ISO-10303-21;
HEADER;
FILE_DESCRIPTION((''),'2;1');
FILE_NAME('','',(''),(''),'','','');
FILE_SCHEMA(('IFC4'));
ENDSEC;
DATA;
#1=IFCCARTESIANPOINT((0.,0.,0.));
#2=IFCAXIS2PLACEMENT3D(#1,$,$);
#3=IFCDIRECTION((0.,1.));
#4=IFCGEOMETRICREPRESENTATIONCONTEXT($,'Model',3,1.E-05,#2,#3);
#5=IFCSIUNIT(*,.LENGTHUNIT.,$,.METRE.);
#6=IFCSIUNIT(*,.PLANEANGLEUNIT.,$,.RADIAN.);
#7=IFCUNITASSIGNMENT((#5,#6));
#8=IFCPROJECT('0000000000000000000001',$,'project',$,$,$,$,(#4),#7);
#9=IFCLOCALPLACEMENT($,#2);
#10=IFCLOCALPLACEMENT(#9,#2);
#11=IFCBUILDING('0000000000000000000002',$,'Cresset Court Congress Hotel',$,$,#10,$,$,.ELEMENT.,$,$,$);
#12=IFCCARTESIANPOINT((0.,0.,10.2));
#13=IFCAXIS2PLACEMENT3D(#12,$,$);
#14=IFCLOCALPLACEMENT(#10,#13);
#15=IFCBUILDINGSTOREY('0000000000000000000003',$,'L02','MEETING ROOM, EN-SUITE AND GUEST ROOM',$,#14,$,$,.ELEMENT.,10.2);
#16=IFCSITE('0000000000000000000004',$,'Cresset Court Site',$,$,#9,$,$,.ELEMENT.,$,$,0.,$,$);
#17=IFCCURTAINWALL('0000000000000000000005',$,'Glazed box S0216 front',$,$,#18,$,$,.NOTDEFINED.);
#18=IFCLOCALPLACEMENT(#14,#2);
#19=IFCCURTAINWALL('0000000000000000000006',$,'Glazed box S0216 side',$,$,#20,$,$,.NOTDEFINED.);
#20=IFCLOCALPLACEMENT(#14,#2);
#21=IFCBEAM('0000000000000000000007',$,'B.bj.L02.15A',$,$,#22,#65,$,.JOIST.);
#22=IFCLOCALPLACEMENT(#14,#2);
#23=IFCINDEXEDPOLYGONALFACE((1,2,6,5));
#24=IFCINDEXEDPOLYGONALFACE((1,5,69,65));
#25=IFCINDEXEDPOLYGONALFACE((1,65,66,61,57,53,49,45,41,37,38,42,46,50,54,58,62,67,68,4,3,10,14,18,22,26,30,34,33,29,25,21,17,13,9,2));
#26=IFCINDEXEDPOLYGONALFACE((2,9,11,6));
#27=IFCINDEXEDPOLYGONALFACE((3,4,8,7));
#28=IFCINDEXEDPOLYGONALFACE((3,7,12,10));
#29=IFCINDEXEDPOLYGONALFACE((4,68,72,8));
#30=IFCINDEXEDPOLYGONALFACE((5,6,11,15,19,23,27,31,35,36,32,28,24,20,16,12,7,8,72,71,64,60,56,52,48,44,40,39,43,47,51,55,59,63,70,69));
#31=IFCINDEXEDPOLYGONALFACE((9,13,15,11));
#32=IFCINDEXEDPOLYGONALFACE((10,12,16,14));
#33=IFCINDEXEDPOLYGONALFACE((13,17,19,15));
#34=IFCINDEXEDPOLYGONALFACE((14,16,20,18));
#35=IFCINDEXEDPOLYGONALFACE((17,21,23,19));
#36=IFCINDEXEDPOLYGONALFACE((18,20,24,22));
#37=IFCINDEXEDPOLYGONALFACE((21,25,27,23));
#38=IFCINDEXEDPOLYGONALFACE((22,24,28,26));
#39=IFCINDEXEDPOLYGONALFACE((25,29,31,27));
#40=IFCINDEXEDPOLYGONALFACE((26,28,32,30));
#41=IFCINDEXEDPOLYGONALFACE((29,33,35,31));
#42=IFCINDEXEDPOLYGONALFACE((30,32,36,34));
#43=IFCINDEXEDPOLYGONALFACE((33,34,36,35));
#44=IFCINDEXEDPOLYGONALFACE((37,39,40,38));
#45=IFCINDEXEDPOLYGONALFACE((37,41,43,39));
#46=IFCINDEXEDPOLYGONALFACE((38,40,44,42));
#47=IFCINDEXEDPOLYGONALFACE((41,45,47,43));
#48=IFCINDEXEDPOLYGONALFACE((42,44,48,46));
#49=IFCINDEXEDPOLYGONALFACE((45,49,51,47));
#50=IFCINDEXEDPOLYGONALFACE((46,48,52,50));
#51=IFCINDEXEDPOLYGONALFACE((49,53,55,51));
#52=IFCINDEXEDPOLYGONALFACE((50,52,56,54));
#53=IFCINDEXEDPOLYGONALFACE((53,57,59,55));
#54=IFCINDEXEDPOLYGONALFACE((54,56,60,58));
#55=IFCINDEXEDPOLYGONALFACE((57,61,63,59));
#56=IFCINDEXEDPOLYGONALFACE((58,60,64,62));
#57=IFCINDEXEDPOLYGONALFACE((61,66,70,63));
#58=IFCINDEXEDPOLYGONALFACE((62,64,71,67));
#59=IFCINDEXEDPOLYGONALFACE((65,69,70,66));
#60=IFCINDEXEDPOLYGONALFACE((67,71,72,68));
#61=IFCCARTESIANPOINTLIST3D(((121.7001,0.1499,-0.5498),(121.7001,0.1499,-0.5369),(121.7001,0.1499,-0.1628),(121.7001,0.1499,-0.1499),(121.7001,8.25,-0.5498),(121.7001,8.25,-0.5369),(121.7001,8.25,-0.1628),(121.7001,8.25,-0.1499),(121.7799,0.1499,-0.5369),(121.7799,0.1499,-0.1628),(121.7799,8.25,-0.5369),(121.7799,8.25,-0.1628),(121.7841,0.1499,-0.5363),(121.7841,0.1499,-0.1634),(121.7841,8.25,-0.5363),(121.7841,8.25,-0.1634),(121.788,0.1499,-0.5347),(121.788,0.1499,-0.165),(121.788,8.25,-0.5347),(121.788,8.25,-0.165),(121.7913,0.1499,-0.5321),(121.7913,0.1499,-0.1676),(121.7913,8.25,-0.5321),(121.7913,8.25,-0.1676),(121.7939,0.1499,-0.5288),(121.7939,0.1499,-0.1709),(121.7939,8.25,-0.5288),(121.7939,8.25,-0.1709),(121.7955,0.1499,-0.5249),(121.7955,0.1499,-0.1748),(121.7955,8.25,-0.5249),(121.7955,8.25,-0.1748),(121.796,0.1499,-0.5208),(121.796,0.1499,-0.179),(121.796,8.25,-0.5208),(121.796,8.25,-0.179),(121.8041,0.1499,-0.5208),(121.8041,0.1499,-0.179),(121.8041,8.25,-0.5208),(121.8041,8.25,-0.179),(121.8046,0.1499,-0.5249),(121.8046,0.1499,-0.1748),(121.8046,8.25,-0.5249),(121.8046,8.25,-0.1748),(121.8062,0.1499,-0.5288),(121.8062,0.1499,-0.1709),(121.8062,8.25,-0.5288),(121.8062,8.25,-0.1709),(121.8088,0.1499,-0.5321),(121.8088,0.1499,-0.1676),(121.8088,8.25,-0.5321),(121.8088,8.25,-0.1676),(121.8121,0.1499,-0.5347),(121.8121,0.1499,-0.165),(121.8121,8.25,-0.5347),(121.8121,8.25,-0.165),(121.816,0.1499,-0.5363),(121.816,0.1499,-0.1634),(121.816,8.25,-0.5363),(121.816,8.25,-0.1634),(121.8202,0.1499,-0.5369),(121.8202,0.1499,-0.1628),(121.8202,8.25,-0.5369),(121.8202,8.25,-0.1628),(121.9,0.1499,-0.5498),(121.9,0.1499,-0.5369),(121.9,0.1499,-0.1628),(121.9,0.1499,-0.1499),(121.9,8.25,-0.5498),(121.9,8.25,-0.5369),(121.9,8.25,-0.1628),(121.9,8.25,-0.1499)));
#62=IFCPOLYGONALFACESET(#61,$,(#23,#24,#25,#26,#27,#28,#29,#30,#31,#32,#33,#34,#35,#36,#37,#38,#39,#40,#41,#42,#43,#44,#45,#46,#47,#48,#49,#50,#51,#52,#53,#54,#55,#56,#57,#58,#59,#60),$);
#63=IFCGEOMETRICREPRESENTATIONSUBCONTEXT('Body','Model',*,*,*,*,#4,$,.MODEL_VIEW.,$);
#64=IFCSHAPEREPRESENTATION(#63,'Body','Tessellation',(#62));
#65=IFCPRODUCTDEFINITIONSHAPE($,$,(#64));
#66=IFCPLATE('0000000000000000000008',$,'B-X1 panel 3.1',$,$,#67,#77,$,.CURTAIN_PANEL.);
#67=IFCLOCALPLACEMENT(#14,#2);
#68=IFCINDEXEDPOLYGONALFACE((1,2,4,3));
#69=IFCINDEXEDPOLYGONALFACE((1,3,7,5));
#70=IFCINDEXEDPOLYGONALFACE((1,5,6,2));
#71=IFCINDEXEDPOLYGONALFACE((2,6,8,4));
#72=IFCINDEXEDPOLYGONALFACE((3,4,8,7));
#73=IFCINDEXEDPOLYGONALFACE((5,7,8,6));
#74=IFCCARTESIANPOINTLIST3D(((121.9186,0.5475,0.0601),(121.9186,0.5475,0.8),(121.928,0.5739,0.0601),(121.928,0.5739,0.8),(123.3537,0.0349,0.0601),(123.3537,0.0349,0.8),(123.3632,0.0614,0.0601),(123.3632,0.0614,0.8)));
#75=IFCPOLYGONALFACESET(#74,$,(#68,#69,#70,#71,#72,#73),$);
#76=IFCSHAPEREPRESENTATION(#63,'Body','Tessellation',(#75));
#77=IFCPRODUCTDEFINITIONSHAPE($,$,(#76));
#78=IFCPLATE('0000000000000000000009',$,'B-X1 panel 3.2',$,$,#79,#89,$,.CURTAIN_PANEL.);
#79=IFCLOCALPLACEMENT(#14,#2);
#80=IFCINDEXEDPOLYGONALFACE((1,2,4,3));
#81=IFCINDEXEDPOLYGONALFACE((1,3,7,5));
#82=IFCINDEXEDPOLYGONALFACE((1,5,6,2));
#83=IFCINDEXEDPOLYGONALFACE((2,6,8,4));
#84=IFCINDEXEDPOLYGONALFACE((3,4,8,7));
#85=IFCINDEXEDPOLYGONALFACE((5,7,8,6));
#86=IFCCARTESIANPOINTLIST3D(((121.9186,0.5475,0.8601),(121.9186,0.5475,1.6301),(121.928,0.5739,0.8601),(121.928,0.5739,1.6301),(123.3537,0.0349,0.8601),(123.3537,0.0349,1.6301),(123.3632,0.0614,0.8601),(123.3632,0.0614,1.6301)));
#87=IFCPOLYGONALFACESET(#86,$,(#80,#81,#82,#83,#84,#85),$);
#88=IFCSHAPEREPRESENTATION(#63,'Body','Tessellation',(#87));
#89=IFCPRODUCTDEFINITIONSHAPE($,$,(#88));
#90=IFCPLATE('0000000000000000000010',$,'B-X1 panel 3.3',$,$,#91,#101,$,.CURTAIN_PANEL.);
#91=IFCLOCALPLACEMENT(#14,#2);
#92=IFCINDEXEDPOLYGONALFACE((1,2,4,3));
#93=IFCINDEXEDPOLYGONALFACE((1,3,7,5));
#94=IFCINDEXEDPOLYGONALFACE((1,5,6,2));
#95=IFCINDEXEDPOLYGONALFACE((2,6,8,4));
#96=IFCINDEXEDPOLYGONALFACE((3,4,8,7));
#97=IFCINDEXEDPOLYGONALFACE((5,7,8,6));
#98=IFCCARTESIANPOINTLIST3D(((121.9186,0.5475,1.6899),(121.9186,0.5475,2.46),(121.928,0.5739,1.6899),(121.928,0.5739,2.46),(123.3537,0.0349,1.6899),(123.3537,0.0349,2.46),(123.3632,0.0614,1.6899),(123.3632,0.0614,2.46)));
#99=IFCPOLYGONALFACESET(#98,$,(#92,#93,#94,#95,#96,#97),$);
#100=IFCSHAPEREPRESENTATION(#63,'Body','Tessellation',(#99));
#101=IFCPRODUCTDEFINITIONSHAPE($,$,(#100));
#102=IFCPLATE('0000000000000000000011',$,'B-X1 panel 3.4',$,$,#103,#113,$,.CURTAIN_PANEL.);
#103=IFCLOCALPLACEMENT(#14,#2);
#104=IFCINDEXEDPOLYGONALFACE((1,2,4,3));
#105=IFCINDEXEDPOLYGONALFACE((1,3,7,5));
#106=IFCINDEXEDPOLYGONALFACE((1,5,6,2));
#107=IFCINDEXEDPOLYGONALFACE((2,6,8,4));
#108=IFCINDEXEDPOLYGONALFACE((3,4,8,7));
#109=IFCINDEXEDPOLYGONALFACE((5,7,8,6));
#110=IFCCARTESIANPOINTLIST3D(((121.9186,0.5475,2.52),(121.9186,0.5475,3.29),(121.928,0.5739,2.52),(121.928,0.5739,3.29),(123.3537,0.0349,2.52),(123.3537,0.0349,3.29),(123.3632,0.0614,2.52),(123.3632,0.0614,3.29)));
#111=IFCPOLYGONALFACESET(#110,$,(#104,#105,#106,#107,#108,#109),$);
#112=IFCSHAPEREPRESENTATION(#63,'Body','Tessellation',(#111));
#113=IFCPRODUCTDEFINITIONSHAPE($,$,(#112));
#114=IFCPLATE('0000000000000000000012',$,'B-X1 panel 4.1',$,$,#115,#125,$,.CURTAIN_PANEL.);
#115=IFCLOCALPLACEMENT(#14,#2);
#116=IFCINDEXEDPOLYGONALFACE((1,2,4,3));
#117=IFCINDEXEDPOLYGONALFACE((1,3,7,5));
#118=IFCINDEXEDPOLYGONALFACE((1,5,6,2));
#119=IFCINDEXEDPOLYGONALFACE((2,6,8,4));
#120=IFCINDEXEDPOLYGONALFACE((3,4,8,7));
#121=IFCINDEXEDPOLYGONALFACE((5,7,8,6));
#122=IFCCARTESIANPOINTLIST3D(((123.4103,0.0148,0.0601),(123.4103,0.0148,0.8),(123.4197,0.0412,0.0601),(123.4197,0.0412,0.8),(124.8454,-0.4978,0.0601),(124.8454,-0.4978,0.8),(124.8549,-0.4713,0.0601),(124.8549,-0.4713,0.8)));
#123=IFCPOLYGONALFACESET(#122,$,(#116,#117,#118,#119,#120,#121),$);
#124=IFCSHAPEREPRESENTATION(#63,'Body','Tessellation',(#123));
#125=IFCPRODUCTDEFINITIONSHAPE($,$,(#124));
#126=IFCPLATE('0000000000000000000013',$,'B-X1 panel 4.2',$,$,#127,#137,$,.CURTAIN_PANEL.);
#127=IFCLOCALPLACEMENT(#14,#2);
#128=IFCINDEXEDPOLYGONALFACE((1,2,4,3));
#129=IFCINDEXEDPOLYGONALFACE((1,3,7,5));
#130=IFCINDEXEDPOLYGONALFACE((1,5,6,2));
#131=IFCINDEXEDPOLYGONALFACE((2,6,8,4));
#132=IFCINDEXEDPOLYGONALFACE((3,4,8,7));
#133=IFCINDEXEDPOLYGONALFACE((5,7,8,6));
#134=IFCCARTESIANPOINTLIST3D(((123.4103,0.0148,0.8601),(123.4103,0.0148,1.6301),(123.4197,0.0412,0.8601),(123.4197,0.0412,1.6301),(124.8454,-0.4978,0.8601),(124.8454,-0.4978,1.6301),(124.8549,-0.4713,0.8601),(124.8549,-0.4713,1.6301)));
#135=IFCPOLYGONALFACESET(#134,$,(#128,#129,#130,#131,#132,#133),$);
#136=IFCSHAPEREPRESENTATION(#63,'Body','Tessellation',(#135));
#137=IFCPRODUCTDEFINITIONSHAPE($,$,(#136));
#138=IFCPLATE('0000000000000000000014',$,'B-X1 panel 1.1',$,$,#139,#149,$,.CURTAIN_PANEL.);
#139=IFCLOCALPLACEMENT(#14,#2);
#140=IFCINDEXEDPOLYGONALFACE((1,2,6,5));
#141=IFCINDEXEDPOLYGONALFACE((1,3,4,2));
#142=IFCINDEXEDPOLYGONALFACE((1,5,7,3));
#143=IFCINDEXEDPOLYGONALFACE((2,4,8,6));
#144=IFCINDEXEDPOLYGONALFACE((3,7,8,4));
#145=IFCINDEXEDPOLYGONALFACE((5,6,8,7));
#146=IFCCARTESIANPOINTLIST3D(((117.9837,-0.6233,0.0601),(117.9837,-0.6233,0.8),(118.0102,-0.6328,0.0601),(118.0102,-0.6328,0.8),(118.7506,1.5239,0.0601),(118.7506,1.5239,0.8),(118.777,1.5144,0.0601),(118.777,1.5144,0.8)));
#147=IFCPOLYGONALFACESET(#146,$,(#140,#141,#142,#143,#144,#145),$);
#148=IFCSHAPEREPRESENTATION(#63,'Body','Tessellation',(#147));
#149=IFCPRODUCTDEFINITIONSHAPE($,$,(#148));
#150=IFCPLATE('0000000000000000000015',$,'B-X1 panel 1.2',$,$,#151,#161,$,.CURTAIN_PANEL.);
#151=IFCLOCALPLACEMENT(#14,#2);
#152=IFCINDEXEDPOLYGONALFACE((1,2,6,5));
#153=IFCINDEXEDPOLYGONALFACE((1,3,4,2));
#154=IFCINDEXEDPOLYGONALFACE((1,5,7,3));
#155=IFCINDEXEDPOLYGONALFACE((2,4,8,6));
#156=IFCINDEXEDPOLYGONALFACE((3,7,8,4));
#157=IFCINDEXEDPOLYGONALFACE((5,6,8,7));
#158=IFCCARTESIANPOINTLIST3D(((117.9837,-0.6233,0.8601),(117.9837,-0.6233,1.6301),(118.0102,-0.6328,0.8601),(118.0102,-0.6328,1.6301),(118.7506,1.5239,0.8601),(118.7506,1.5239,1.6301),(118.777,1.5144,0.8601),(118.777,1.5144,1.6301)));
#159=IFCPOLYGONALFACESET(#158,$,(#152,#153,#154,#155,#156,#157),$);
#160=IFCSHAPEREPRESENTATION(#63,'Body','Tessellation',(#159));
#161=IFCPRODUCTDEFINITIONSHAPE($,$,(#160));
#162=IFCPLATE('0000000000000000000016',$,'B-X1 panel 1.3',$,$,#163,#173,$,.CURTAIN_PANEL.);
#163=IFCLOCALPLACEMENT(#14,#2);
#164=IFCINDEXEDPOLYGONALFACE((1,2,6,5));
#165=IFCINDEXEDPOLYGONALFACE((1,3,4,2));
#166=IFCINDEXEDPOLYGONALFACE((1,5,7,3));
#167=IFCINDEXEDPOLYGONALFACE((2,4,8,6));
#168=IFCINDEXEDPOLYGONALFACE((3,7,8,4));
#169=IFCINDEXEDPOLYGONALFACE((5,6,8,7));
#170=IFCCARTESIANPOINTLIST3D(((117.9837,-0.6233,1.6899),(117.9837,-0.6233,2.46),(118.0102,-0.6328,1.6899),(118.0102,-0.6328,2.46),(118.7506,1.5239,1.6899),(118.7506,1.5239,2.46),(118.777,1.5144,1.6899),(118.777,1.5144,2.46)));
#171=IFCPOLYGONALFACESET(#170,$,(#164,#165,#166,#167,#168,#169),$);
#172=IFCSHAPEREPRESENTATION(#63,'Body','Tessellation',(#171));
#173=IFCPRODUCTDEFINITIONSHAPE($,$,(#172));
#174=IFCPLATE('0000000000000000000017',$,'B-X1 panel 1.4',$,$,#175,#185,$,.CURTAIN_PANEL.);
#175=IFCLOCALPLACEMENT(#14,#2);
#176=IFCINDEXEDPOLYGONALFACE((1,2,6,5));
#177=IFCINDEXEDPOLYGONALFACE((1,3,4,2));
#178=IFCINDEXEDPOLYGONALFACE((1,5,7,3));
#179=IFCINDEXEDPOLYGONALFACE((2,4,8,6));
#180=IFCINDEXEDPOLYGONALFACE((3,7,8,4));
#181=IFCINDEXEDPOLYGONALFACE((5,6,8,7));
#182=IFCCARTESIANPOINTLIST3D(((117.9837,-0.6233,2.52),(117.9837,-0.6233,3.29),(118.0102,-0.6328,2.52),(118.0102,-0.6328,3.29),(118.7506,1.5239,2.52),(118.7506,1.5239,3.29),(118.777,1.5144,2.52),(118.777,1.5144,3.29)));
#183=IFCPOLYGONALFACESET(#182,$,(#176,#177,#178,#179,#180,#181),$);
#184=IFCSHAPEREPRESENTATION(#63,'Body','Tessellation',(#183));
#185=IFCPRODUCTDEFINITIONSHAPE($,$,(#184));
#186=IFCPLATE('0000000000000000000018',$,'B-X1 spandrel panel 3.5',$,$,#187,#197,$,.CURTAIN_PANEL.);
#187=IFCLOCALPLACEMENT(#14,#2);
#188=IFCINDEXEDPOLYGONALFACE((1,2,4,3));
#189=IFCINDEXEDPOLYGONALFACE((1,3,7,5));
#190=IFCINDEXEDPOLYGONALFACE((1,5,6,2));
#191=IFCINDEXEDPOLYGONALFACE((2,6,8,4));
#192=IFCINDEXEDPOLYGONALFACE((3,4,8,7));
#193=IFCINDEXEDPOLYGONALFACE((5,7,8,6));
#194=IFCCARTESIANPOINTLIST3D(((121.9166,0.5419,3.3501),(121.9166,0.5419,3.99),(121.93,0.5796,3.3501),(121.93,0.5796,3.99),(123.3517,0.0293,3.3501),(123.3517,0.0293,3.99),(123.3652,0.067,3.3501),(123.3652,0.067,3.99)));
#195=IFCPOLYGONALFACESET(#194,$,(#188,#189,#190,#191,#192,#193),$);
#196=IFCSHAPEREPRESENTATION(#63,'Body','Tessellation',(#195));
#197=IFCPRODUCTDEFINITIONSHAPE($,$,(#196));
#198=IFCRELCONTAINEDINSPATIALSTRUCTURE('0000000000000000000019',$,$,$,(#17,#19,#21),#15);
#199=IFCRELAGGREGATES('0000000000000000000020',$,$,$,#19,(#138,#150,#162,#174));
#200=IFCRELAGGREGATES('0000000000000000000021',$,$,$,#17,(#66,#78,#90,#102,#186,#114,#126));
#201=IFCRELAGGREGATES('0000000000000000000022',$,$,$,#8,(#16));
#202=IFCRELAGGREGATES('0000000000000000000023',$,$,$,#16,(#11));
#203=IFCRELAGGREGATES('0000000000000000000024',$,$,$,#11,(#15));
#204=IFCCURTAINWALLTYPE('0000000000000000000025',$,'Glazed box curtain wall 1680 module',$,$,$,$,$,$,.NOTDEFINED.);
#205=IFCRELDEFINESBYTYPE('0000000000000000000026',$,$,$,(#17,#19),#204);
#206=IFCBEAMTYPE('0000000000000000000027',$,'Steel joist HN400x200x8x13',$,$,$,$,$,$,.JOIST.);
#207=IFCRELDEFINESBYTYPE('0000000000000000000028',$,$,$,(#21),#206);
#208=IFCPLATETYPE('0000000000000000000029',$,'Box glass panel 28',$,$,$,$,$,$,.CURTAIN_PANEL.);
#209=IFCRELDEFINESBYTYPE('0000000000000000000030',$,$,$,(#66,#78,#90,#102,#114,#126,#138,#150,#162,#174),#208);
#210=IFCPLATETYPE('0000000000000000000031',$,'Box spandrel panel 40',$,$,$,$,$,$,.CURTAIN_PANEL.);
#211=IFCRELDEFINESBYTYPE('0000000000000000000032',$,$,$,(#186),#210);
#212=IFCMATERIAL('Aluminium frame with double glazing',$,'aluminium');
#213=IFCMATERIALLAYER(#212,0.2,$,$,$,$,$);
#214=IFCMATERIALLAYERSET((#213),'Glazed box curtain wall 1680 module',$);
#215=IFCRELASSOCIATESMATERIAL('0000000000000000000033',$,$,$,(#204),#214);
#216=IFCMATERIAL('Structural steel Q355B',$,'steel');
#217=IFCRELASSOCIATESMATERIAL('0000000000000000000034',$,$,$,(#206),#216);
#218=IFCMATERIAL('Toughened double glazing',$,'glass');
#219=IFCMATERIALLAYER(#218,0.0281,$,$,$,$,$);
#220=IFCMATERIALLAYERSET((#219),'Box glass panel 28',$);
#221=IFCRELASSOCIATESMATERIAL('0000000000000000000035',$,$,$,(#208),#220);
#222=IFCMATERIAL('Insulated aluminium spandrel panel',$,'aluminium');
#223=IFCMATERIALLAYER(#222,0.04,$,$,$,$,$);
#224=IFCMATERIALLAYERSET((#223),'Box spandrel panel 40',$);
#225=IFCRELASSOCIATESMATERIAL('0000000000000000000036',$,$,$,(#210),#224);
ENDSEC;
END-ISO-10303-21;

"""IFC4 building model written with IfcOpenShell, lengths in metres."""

from ifc_helpers import new_model, si_unit, direction, frame, origin, origin_2d, place, context, subcontext, project, spatial, rectangle, i_section, extrude, material, layer, layer_set, material_profile, profile_set, type_object, element, aggregate, save


model = new_model("IFC4")

# Units and contexts
model_context = context("Model", 3, precision=1e-05, world=origin(), true_north=direction((0.0, 1.0)))
body_context = subcontext(model_context, "Body", "Model", "MODEL_VIEW")
ifc_project = project(units=[si_unit("LENGTHUNIT", "METRE"), si_unit("PLANEANGLEUNIT", "RADIAN")], contexts=[model_context])

# Site, building, storey
site_placement = place(None, origin())
site = spatial("IfcSite", under=ifc_project, at=site_placement, Name="Cresset Court Site", CompositionType="ELEMENT", RefElevation=0.0)
building_placement = place(site_placement, origin())
building = spatial("IfcBuilding", under=site, at=building_placement, Name="Cresset Court Congress Hotel", CompositionType="ELEMENT")
storey_placement = place(building_placement, frame((0.0, 0.0, 10.2)))
storey = spatial("IfcBuildingStorey", under=building, at=storey_placement, Name="L02", Description="MEETING ROOM, EN-SUITE AND GUEST ROOM", CompositionType="ELEMENT", Elevation=10.2)

# Curtain walls
ifc_material_1 = material(Name="Aluminium frame with double glazing", Category="aluminium")
ifc_layer_1 = layer(ifc_material_1, 0.2)
ifc_layer_set_1 = layer_set([ifc_layer_1], Name="Glazed box curtain wall 1680 module")
curtain_wall_type = type_object("IfcCurtainWallType", Name="Glazed box curtain wall 1680 module", PredefinedType="NOTDEFINED", material=ifc_layer_set_1)
curtain_wall_1_placement = place(storey_placement, origin())
curtain_wall_1 = element("IfcCurtainWall", 1, at=curtain_wall_1_placement, inside=storey, type_object=curtain_wall_type, Name="Glazed box S0216 front", PredefinedType="NOTDEFINED")
curtain_wall_2_placement = place(storey_placement, origin())
curtain_wall_2 = element("IfcCurtainWall", 2, at=curtain_wall_2_placement, inside=storey, type_object=curtain_wall_type, Name="Glazed box S0216 side", PredefinedType="NOTDEFINED")

# Beam
ifc_material_2 = material(Name="Structural steel Q355B", Category="steel")
ifc_material_profile_1 = material_profile(ifc_material_2, i_section(OverallWidth=0.2, OverallDepth=0.3999, WebThickness=0.0081, FlangeThickness=0.0129, FilletRadius=0.0161, at=origin_2d()), Name="HN400x200x8x13")
ifc_profile_set_1 = profile_set([ifc_material_profile_1], Name="Structural steel Q355B")
beam_type = type_object("IfcBeamType", Name="Steel joist HN400x200x8x13", PredefinedType="JOIST", material=ifc_profile_set_1)
beam_placement = place(storey_placement, frame((121.8, 0.1499, -0.3499), z_axis=(0.0, 1.0, 0.0), x_axis=(-1.0, 0.0, 0.0)))
element("IfcBeam", 3, at=beam_placement, inside=storey, type_object=beam_type, Name="B.bj.L02.15A", PredefinedType="JOIST", context=body_context, shape_type="SweptSolid", body=[
    extrude(i_section(OverallWidth=0.2, OverallDepth=0.3999, WebThickness=0.0081, FlangeThickness=0.0129, FilletRadius=0.0161, at=origin_2d()), origin(), (0.0, 0.0, 1.0), 8.1001),
])

# Plates
ifc_material_3 = material(Name="Toughened double glazing", Category="glass")
ifc_layer_2 = layer(ifc_material_3, 0.0281)
ifc_layer_set_2 = layer_set([ifc_layer_2], Name="Box glass panel 28")
plate_type_1 = type_object("IfcPlateType", Name="Box glass panel 28", PredefinedType="CURTAIN_PANEL", material=ifc_layer_set_2)
plate_1_placement = place(storey_placement, frame((122.6409, 0.3044, 0.0601), z_axis=(0.0, 0.0, 1.0), x_axis=(0.941742, -0.336336, 0.0)))
plate_1 = element("IfcPlate", 4, at=plate_1_placement, type_object=plate_type_1, Name="B-X1 panel 3.1", PredefinedType="CURTAIN_PANEL", context=body_context, shape_type="SweptSolid", body=[
    extrude(rectangle(XDim=1.5239, YDim=0.0281, at=origin_2d()), origin(), (0.0, 0.0, 1.0), 0.74),
])
plate_2_placement = place(storey_placement, frame((122.6409, 0.3044, 0.8601), z_axis=(0.0, 0.0, 1.0), x_axis=(0.941742, -0.336336, 0.0)))
plate_2 = element("IfcPlate", 5, at=plate_2_placement, type_object=plate_type_1, Name="B-X1 panel 3.2", PredefinedType="CURTAIN_PANEL", context=body_context, shape_type="SweptSolid", body=[
    extrude(rectangle(XDim=1.5239, YDim=0.0281, at=origin_2d()), origin(), (0.0, 0.0, 1.0), 0.77),
])
plate_3_placement = place(storey_placement, frame((122.6409, 0.3044, 1.6899), z_axis=(0.0, 0.0, 1.0), x_axis=(0.941742, -0.336336, 0.0)))
plate_3 = element("IfcPlate", 6, at=plate_3_placement, type_object=plate_type_1, Name="B-X1 panel 3.3", PredefinedType="CURTAIN_PANEL", context=body_context, shape_type="SweptSolid", body=[
    extrude(rectangle(XDim=1.5239, YDim=0.0281, at=origin_2d()), origin(), (0.0, 0.0, 1.0), 0.77),
])
plate_4_placement = place(storey_placement, frame((122.6409, 0.3044, 2.52), z_axis=(0.0, 0.0, 1.0), x_axis=(0.941742, -0.336336, 0.0)))
plate_4 = element("IfcPlate", 7, at=plate_4_placement, type_object=plate_type_1, Name="B-X1 panel 3.4", PredefinedType="CURTAIN_PANEL", context=body_context, shape_type="SweptSolid", body=[
    extrude(rectangle(XDim=1.5239, YDim=0.0281, at=origin_2d()), origin(), (0.0, 0.0, 1.0), 0.77),
])
plate_5_placement = place(storey_placement, frame((124.1326, -0.2283, 0.0601), z_axis=(0.0, 0.0, 1.0), x_axis=(0.941742, -0.336336, 0.0)))
plate_5 = element("IfcPlate", 8, at=plate_5_placement, type_object=plate_type_1, Name="B-X1 panel 4.1", PredefinedType="CURTAIN_PANEL", context=body_context, shape_type="SweptSolid", body=[
    extrude(rectangle(XDim=1.5239, YDim=0.0281, at=origin_2d()), origin(), (0.0, 0.0, 1.0), 0.74),
])
plate_6_placement = place(storey_placement, frame((124.1326, -0.2283, 0.8601), z_axis=(0.0, 0.0, 1.0), x_axis=(0.941742, -0.336336, 0.0)))
plate_6 = element("IfcPlate", 9, at=plate_6_placement, type_object=plate_type_1, Name="B-X1 panel 4.2", PredefinedType="CURTAIN_PANEL", context=body_context, shape_type="SweptSolid", body=[
    extrude(rectangle(XDim=1.5239, YDim=0.0281, at=origin_2d()), origin(), (0.0, 0.0, 1.0), 0.77),
])
plate_7_placement = place(storey_placement, frame((118.3804, 0.4456, 0.0601), z_axis=(0.0, 0.0, 1.0), x_axis=(0.336336, 0.941742, 0.0)))
plate_7 = element("IfcPlate", 10, at=plate_7_placement, type_object=plate_type_1, Name="B-X1 panel 1.1", PredefinedType="CURTAIN_PANEL", context=body_context, shape_type="SweptSolid", body=[
    extrude(rectangle(XDim=2.28, YDim=0.0281, at=origin_2d()), origin(), (0.0, 0.0, 1.0), 0.74),
])
plate_8_placement = place(storey_placement, frame((118.3804, 0.4456, 0.8601), z_axis=(0.0, 0.0, 1.0), x_axis=(0.336336, 0.941742, 0.0)))
plate_8 = element("IfcPlate", 11, at=plate_8_placement, type_object=plate_type_1, Name="B-X1 panel 1.2", PredefinedType="CURTAIN_PANEL", context=body_context, shape_type="SweptSolid", body=[
    extrude(rectangle(XDim=2.28, YDim=0.0281, at=origin_2d()), origin(), (0.0, 0.0, 1.0), 0.77),
])
plate_9_placement = place(storey_placement, frame((118.3804, 0.4456, 1.6899), z_axis=(0.0, 0.0, 1.0), x_axis=(0.336336, 0.941742, 0.0)))
plate_9 = element("IfcPlate", 12, at=plate_9_placement, type_object=plate_type_1, Name="B-X1 panel 1.3", PredefinedType="CURTAIN_PANEL", context=body_context, shape_type="SweptSolid", body=[
    extrude(rectangle(XDim=2.28, YDim=0.0281, at=origin_2d()), origin(), (0.0, 0.0, 1.0), 0.77),
])
plate_10_placement = place(storey_placement, frame((118.3804, 0.4456, 2.52), z_axis=(0.0, 0.0, 1.0), x_axis=(0.336336, 0.941742, 0.0)))
plate_10 = element("IfcPlate", 13, at=plate_10_placement, type_object=plate_type_1, Name="B-X1 panel 1.4", PredefinedType="CURTAIN_PANEL", context=body_context, shape_type="SweptSolid", body=[
    extrude(rectangle(XDim=2.28, YDim=0.0281, at=origin_2d()), origin(), (0.0, 0.0, 1.0), 0.77),
])
aggregate(curtain_wall_2, [plate_7, plate_8, plate_9, plate_10])
ifc_material_4 = material(Name="Insulated aluminium spandrel panel", Category="aluminium")
ifc_layer_3 = layer(ifc_material_4, 0.04)
ifc_layer_set_3 = layer_set([ifc_layer_3], Name="Box spandrel panel 40")
plate_type_2 = type_object("IfcPlateType", Name="Box spandrel panel 40", PredefinedType="CURTAIN_PANEL", material=ifc_layer_set_3)
plate_11_placement = place(storey_placement, frame((122.6409, 0.3044, 3.3501), z_axis=(0.0, 0.0, 1.0), x_axis=(0.941742, -0.336336, 0.0)))
plate_11 = element("IfcPlate", 14, at=plate_11_placement, type_object=plate_type_2, Name="B-X1 spandrel panel 3.5", PredefinedType="CURTAIN_PANEL", context=body_context, shape_type="SweptSolid", body=[
    extrude(rectangle(XDim=1.5239, YDim=0.04, at=origin_2d()), origin(), (0.0, 0.0, 1.0), 0.6399),
])
aggregate(curtain_wall_1, [plate_1, plate_2, plate_3, plate_4, plate_11, plate_5, plate_6])

save(model, "model.ifc")
